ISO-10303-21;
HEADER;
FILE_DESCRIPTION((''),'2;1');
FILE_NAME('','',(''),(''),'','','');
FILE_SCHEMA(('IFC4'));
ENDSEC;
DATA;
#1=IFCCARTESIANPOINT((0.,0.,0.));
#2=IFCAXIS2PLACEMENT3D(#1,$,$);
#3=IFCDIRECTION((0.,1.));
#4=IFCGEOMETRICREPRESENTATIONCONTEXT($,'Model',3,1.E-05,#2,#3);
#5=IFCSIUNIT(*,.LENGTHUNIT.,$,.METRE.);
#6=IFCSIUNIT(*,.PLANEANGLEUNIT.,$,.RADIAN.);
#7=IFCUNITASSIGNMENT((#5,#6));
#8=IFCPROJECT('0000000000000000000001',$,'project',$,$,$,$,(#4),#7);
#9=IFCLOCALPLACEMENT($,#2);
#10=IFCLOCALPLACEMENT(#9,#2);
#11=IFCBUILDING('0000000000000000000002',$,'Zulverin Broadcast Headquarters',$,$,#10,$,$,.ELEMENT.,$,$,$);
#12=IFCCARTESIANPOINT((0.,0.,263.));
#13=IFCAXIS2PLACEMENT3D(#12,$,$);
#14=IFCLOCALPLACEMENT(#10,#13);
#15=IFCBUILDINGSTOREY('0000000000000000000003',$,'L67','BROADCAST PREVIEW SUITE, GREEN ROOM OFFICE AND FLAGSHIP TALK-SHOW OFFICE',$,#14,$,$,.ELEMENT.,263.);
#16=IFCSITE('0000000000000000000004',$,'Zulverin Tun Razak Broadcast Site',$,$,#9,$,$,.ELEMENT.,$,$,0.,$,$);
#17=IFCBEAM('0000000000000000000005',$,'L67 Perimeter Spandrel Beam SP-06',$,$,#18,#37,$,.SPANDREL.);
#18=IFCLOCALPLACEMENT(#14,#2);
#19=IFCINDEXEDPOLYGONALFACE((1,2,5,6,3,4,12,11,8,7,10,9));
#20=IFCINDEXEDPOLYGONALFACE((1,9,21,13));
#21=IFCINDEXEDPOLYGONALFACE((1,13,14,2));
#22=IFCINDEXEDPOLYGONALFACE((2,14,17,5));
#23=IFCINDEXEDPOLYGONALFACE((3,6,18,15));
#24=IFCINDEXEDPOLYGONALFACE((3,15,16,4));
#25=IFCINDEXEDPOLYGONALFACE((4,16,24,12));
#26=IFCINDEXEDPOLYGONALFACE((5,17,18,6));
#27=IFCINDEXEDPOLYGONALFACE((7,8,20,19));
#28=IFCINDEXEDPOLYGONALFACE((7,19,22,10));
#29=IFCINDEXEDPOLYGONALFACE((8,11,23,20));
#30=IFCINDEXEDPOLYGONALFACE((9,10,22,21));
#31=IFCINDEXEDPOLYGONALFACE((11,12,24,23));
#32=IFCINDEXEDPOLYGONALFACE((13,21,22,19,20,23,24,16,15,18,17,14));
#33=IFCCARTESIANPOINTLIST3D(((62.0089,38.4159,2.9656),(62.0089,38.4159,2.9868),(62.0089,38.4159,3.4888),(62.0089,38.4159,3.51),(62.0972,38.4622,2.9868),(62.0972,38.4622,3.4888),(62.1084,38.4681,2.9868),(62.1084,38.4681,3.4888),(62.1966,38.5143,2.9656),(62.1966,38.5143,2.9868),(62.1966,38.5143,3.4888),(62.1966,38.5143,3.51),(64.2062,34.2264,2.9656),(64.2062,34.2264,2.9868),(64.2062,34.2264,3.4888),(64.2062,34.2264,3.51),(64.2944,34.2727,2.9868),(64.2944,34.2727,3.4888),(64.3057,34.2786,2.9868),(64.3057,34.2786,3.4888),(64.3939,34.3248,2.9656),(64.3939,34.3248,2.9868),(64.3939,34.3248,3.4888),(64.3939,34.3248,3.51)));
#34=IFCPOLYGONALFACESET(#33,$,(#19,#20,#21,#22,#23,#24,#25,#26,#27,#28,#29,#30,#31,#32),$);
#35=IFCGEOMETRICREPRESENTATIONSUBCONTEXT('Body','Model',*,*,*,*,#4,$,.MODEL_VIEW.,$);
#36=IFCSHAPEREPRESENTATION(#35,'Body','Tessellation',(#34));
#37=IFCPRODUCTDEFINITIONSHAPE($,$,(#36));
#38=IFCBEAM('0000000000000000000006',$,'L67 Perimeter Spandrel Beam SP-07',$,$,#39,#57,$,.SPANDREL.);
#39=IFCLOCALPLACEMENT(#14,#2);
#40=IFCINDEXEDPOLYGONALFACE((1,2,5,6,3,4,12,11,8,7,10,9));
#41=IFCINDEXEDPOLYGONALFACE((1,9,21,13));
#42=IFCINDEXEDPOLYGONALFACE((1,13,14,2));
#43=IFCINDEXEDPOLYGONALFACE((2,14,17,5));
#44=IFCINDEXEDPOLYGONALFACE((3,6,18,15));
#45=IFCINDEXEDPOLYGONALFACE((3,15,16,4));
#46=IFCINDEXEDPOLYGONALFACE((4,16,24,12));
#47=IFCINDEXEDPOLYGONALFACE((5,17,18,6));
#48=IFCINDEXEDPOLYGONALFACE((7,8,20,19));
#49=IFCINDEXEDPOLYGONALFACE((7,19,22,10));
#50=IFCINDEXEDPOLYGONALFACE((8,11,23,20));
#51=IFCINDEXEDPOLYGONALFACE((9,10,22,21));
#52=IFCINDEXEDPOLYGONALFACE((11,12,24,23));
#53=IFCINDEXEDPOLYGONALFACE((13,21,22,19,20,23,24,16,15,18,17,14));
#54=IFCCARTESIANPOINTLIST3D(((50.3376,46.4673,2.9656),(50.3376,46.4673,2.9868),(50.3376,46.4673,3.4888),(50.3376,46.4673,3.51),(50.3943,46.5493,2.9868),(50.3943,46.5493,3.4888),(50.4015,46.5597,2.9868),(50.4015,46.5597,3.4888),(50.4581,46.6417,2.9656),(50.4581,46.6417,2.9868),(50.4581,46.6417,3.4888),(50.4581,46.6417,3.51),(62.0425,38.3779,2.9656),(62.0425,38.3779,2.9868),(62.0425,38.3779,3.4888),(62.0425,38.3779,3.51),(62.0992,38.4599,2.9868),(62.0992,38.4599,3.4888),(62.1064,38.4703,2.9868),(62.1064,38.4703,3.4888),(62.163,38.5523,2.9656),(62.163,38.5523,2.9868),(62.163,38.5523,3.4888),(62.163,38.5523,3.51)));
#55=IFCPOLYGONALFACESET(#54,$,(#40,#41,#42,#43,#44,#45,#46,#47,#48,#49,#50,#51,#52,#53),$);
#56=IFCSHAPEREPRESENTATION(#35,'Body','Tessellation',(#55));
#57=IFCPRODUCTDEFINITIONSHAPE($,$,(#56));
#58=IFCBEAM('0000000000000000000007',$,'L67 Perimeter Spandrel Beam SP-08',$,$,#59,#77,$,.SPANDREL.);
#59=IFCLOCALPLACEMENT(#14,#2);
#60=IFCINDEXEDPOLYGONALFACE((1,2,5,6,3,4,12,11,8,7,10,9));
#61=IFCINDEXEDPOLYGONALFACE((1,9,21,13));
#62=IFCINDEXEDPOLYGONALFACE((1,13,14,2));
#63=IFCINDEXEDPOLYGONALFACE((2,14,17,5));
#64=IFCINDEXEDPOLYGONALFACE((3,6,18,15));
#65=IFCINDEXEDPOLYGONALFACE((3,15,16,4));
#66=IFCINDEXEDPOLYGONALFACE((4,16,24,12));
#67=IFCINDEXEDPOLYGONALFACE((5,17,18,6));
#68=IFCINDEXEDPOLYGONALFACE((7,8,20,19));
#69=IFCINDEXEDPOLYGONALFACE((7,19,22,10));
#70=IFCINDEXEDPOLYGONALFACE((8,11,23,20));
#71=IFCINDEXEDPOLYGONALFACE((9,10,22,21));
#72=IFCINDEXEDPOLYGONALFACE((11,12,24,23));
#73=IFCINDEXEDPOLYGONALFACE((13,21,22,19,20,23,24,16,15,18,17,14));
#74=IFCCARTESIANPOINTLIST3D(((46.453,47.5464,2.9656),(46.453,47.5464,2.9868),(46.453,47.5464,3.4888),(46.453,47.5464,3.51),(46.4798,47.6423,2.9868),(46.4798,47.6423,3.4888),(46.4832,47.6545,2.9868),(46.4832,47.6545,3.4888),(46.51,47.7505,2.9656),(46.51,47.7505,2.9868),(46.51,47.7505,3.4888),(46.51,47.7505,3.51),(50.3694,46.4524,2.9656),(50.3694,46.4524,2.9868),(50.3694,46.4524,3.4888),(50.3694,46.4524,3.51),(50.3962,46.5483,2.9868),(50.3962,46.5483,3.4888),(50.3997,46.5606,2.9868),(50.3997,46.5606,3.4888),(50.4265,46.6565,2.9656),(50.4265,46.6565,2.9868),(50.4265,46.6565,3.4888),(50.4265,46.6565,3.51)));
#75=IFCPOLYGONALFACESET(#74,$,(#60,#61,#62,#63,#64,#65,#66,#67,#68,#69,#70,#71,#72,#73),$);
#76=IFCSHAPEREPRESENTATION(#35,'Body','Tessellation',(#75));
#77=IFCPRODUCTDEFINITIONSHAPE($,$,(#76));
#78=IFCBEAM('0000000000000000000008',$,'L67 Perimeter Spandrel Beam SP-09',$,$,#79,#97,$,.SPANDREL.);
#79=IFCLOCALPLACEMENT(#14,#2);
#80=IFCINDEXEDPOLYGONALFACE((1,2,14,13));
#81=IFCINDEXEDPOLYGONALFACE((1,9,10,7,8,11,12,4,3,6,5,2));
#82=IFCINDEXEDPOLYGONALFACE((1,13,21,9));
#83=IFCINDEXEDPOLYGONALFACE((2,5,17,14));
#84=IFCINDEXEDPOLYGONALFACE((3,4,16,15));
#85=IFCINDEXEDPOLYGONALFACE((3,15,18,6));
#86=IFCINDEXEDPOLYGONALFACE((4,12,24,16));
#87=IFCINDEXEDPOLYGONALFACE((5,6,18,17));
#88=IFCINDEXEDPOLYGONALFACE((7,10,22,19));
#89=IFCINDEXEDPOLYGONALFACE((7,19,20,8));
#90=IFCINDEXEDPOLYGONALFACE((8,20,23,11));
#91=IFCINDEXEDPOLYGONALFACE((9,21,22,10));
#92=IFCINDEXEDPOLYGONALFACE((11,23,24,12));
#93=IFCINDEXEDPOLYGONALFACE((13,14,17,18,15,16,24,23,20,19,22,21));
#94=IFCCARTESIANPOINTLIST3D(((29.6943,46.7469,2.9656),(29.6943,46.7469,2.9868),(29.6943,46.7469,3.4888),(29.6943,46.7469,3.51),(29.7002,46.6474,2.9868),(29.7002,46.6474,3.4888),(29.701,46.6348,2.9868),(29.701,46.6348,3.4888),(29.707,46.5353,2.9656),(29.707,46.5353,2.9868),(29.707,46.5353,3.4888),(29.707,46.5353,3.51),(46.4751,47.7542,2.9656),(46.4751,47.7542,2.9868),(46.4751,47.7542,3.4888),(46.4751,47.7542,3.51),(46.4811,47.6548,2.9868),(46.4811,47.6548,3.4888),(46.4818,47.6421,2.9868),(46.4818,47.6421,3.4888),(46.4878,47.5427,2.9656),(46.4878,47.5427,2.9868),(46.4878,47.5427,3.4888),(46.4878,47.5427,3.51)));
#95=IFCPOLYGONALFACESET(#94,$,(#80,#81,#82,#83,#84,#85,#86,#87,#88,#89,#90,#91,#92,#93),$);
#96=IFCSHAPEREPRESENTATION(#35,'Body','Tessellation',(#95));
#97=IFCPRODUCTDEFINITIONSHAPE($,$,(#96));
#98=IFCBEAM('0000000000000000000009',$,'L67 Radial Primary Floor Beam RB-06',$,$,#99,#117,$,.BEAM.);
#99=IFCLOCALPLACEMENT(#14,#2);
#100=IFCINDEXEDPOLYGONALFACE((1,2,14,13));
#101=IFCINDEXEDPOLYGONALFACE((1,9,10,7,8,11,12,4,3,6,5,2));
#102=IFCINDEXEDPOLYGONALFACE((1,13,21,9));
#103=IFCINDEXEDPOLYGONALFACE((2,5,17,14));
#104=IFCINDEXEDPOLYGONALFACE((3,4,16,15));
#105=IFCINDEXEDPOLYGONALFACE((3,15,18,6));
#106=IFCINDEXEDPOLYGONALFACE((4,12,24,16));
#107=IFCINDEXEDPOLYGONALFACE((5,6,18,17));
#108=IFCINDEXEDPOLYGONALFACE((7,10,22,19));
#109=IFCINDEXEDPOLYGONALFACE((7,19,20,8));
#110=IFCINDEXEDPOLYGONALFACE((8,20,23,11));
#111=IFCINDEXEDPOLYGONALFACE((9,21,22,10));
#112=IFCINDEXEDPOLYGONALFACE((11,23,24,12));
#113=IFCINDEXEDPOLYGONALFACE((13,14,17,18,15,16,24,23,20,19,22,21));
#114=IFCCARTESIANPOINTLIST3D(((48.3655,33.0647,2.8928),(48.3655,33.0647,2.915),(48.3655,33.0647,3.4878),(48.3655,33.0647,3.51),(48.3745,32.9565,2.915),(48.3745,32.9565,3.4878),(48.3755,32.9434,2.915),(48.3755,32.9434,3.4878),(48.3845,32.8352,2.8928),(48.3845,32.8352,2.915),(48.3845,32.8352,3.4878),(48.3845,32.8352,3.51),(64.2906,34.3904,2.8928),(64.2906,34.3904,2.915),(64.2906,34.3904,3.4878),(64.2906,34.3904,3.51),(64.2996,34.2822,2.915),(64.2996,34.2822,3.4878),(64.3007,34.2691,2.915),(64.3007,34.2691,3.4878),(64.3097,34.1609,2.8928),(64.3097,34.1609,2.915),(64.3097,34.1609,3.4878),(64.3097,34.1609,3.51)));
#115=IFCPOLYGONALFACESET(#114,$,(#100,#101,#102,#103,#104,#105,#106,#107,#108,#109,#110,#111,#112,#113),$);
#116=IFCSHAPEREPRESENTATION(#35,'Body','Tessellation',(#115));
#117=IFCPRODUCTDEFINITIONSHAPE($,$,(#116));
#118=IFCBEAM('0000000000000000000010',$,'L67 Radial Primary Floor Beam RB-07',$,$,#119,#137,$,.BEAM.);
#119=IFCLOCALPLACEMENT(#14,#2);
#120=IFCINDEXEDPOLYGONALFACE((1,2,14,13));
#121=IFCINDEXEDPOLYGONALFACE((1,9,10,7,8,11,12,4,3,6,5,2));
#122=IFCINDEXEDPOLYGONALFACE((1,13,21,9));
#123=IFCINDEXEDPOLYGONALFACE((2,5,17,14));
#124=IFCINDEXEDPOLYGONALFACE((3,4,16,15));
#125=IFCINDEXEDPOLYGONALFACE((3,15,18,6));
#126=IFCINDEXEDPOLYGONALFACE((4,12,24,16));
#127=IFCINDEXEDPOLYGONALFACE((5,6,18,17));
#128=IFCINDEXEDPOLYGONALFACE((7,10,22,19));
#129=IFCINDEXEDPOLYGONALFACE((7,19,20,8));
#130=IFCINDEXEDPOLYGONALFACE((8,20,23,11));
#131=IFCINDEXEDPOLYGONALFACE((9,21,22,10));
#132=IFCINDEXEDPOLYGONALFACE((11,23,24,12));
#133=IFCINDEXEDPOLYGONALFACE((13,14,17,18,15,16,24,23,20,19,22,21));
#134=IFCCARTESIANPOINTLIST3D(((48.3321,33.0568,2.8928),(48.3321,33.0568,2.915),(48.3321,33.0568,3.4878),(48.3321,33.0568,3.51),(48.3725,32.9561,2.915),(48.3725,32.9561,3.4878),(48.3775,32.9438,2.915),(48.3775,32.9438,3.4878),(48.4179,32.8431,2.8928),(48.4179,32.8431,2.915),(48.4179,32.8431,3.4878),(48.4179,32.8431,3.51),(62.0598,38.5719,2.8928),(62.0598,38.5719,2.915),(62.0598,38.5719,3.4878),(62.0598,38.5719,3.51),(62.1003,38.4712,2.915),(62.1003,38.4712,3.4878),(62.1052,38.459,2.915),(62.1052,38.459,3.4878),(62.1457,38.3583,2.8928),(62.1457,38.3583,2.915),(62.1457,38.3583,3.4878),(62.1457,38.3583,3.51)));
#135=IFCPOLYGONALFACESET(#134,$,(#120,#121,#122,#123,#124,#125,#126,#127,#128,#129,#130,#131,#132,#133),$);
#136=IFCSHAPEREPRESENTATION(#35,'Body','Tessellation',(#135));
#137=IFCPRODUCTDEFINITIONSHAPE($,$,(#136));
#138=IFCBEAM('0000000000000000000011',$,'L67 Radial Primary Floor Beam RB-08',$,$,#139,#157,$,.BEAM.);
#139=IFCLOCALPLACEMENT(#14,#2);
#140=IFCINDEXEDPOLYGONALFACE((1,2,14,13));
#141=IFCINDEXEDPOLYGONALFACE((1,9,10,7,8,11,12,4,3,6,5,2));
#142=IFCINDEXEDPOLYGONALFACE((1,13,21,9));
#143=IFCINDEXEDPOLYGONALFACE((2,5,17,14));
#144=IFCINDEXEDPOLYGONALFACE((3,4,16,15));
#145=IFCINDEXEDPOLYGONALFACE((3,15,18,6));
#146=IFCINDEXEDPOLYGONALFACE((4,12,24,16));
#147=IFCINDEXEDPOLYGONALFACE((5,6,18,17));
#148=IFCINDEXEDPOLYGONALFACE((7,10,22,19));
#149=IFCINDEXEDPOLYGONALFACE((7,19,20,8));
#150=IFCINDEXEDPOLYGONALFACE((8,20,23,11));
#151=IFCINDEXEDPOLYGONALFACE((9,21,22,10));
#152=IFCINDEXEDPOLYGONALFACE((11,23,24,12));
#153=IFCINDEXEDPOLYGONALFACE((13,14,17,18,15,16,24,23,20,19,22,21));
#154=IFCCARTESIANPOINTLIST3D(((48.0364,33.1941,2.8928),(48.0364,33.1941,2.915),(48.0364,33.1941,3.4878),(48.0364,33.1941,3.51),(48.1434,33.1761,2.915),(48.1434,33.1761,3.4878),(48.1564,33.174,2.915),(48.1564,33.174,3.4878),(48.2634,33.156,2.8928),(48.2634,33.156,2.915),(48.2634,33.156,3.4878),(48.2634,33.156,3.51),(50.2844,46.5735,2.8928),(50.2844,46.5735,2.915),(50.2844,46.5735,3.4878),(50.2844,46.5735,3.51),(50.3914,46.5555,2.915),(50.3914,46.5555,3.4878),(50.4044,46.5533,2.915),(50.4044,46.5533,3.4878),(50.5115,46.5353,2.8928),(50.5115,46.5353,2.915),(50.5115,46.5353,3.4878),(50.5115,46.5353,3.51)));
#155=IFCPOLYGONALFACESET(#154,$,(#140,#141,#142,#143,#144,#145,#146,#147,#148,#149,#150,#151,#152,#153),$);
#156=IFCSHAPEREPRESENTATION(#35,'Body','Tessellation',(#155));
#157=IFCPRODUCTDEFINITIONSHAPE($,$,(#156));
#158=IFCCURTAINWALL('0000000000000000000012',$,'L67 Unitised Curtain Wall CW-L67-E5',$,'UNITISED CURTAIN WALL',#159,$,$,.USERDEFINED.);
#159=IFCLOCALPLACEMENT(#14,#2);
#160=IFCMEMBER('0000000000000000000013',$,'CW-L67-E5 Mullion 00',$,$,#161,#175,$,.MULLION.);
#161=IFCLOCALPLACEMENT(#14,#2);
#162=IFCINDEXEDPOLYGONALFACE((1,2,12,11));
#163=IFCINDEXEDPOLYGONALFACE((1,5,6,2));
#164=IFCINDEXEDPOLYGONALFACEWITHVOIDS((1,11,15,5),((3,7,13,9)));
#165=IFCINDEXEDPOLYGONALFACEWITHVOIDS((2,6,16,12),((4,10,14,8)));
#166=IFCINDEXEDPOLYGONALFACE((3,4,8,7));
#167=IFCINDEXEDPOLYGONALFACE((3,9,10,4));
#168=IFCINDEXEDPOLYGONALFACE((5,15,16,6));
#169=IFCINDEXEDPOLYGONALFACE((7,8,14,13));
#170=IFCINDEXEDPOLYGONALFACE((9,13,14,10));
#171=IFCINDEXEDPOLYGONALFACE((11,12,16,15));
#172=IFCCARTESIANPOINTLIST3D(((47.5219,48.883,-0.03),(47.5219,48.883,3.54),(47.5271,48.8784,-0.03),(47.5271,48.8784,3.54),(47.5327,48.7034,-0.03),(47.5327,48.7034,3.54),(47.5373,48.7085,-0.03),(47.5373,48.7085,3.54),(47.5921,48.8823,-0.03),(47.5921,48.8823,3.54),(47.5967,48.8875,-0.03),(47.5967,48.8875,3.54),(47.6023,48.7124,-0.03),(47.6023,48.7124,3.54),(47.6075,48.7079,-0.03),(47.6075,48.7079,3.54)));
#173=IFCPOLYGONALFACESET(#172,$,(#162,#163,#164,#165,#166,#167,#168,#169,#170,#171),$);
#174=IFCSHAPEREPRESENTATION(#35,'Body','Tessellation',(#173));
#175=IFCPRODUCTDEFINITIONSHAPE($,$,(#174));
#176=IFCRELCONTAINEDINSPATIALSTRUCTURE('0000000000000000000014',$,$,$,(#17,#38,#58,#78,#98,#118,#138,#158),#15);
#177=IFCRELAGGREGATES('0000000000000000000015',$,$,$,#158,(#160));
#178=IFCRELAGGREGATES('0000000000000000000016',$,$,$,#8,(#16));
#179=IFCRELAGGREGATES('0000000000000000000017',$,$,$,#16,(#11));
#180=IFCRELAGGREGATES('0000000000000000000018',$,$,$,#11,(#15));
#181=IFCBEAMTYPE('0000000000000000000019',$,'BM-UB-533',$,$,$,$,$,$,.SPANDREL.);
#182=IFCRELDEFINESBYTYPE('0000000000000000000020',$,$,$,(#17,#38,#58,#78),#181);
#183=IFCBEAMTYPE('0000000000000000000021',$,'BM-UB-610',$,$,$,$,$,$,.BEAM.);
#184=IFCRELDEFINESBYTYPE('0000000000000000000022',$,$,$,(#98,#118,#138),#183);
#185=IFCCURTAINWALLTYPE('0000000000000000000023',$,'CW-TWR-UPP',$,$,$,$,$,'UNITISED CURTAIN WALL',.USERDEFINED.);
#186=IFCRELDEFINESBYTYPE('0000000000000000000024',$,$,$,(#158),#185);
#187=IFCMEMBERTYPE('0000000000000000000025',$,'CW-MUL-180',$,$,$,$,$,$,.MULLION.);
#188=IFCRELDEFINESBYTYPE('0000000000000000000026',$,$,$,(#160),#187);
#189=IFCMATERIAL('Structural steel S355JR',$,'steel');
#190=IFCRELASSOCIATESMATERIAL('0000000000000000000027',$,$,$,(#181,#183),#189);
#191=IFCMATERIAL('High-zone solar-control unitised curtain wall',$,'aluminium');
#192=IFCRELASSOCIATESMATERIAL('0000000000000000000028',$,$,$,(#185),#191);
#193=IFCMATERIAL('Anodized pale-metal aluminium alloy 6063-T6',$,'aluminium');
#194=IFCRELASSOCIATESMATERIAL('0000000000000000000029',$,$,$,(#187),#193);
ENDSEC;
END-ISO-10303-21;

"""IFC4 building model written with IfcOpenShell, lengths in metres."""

from ifc_helpers import new_model, si_unit, direction, frame, origin, origin_2d, place, context, subcontext, project, spatial, hollow_rectangle, i_section, extrude, material, material_profile, profile_set, type_object, element, aggregate, save


model = new_model("IFC4")

# Units and contexts
model_context = context("Model", 3, precision=1e-05, world=origin(), true_north=direction((0.0, 1.0)))
body_context = subcontext(model_context, "Body", "Model", "MODEL_VIEW")
ifc_project = project(units=[si_unit("LENGTHUNIT", "METRE"), si_unit("PLANEANGLEUNIT", "RADIAN")], contexts=[model_context])

# Site, building, storey
site_placement = place(None, origin())
site = spatial("IfcSite", under=ifc_project, at=site_placement, Name="Zulverin Tun Razak Broadcast Site", CompositionType="ELEMENT", RefElevation=0.0)
building_placement = place(site_placement, origin())
building = spatial("IfcBuilding", under=site, at=building_placement, Name="Zulverin Broadcast Headquarters", CompositionType="ELEMENT")
storey_placement = place(building_placement, frame((0.0, 0.0, 263.0)))
storey = spatial("IfcBuildingStorey", under=building, at=storey_placement, Name="L67", Description="BROADCAST PREVIEW SUITE, GREEN ROOM OFFICE AND FLAGSHIP TALK-SHOW OFFICE", CompositionType="ELEMENT", Elevation=263.0)

# Beams
ifc_material_1 = material(Name="Structural steel S355JR", Category="steel")
ifc_material_profile_1 = material_profile(ifc_material_1, i_section(OverallWidth=0.2119, OverallDepth=0.5444, WebThickness=0.0127, FlangeThickness=0.0212, at=origin_2d()), Name="Structural steel S355JR", Category="steel")
ifc_profile_set_1 = profile_set([ifc_material_profile_1], Name="Structural steel S355JR")
beam_type_1 = type_object("IfcBeamType", Name="BM-UB-533", PredefinedType="SPANDREL", material=ifc_profile_set_1)
beam_1_placement = place(storey_placement, frame((64.3, 34.2756, 3.2378), z_axis=(-0.46447, 0.885589, 0.0), x_axis=(-0.885589, -0.46447, 0.0)))
element("IfcBeam", 1, at=beam_1_placement, inside=storey, type_object=beam_type_1, Name="L67 Perimeter Spandrel Beam SP-06", PredefinedType="SPANDREL", context=body_context, shape_type="SweptSolid", body=[
    extrude(i_section(OverallWidth=0.2119, OverallDepth=0.5444, WebThickness=0.0127, FlangeThickness=0.0212, at=origin_2d()), origin(), (0.0, 0.0, 1.0), 4.7307),
])
beam_2_placement = place(storey_placement, frame((62.1028, 38.4651, 3.2378), z_axis=(-0.822652, 0.568545, 0.0), x_axis=(-0.568545, -0.822652, 0.0)))
element("IfcBeam", 2, at=beam_2_placement, inside=storey, type_object=beam_type_1, Name="L67 Perimeter Spandrel Beam SP-07", PredefinedType="SPANDREL", context=body_context, shape_type="SweptSolid", body=[
    extrude(i_section(OverallWidth=0.2119, OverallDepth=0.5444, WebThickness=0.0127, FlangeThickness=0.0212, at=origin_2d()), origin(), (0.0, 0.0, 1.0), 14.2283),
])
beam_3_placement = place(storey_placement, frame((50.3979, 46.5544, 3.2378), z_axis=(-0.963132, 0.269031, 0.0), x_axis=(-0.269031, -0.963132, 0.0)))
element("IfcBeam", 3, at=beam_3_placement, inside=storey, type_object=beam_type_1, Name="L67 Perimeter Spandrel Beam SP-08", PredefinedType="SPANDREL", context=body_context, shape_type="SweptSolid", body=[
    extrude(i_section(OverallWidth=0.2119, OverallDepth=0.5444, WebThickness=0.0127, FlangeThickness=0.0212, at=origin_2d()), origin(), (0.0, 0.0, 1.0), 4.0664),
])
beam_4_placement = place(storey_placement, frame((46.4814, 47.6484, 3.2378), z_axis=(-0.998203, -0.059921, 0.0), x_axis=(0.059921, -0.998203, 0.0)))
element("IfcBeam", 4, at=beam_4_placement, inside=storey, type_object=beam_type_1, Name="L67 Perimeter Spandrel Beam SP-09", PredefinedType="SPANDREL", context=body_context, shape_type="SweptSolid", body=[
    extrude(i_section(OverallWidth=0.2119, OverallDepth=0.5444, WebThickness=0.0127, FlangeThickness=0.0212, at=origin_2d()), origin(), (0.0, 0.0, 1.0), 16.811),
])
ifc_material_profile_2 = material_profile(ifc_material_1, i_section(OverallWidth=0.2302, OverallDepth=0.6172, WebThickness=0.0132, FlangeThickness=0.0222, at=origin_2d()), Name="Structural steel S355JR", Category="steel")
ifc_profile_set_2 = profile_set([ifc_material_profile_2], Name="Structural steel S355JR")
beam_type_2 = type_object("IfcBeamType", Name="BM-UB-610", PredefinedType="BEAM", material=ifc_profile_set_2)
beam_5_placement = place(storey_placement, frame((48.375, 32.95, 3.2014), z_axis=(0.996553, 0.082958, 0.0), x_axis=(-0.082958, 0.996553, 0.0)))
element("IfcBeam", 5, at=beam_5_placement, inside=storey, type_object=beam_type_2, Name="L67 Radial Primary Floor Beam RB-06", PredefinedType="BEAM", context=body_context, shape_type="SweptSolid", body=[
    extrude(i_section(OverallWidth=0.2302, OverallDepth=0.6172, WebThickness=0.0132, FlangeThickness=0.0222, at=origin_2d()), origin(), (0.0, 0.0, 1.0), 15.9802),
])
beam_6_placement = place(storey_placement, frame((48.375, 32.95, 3.2014), z_axis=(0.927916, 0.37279, 0.0), x_axis=(-0.37279, 0.927916, 0.0)))
element("IfcBeam", 6, at=beam_6_placement, inside=storey, type_object=beam_type_2, Name="L67 Radial Primary Floor Beam RB-07", PredefinedType="BEAM", context=body_context, shape_type="SweptSolid", body=[
    extrude(i_section(OverallWidth=0.2302, OverallDepth=0.6172, WebThickness=0.0132, FlangeThickness=0.0222, at=origin_2d()), origin(), (0.0, 0.0, 1.0), 14.7942),
])
beam_7_placement = place(storey_placement, frame((48.1499, 33.175, 3.2014), z_axis=(0.1657, 0.986176, 0.0), x_axis=(-0.986176, 0.1657, 0.0)))
element("IfcBeam", 7, at=beam_7_placement, inside=storey, type_object=beam_type_2, Name="L67 Radial Primary Floor Beam RB-08", PredefinedType="BEAM", context=body_context, shape_type="SweptSolid", body=[
    extrude(i_section(OverallWidth=0.2302, OverallDepth=0.6172, WebThickness=0.0132, FlangeThickness=0.0222, at=origin_2d()), origin(), (0.0, 0.0, 1.0), 13.5669),
])

# Curtain wall, member
ifc_material_2 = material(Name="High-zone solar-control unitised curtain wall", Category="aluminium")
curtain_wall_type = type_object("IfcCurtainWallType", Name="CW-TWR-UPP", ElementType="UNITISED CURTAIN WALL", PredefinedType="USERDEFINED", material=ifc_material_2)
curtain_wall_placement = place(storey_placement, origin())
curtain_wall = element("IfcCurtainWall", 8, at=curtain_wall_placement, inside=storey, type_object=curtain_wall_type, Name="L67 Unitised Curtain Wall CW-L67-E5", ObjectType="UNITISED CURTAIN WALL", PredefinedType="USERDEFINED")
ifc_material_3 = material(Name="Anodized pale-metal aluminium alloy 6063-T6", Category="aluminium")
ifc_material_profile_3 = material_profile(ifc_material_3, hollow_rectangle(XDim=0.075, YDim=0.1799, WallThickness=0.0049, at=origin_2d()), Name="Anodized pale-metal aluminium alloy 6063-T6", Category="aluminium")
ifc_profile_set_3 = profile_set([ifc_material_profile_3], Name="Anodized pale-metal aluminium alloy 6063-T6")
member_type_1 = type_object("IfcMemberType", Name="CW-MUL-180", PredefinedType="MULLION", material=ifc_profile_set_3)
member_1_placement = place(storey_placement, frame((47.5647, 48.7954, -0.03), z_axis=(0.0, 0.0, 1.0), x_axis=(-0.998203, -0.05993, 0.0)))
member_1 = element("IfcMember", 9, at=member_1_placement, type_object=member_type_1, Name="CW-L67-E5 Mullion 00", PredefinedType="MULLION", context=body_context, shape_type="SweptSolid", body=[
    extrude(hollow_rectangle(XDim=0.075, YDim=0.1799, WallThickness=0.0049, at=origin_2d()), origin(), (0.0, 0.0, 1.0), 3.5701),
])
aggregate(curtain_wall, [member_1])

save(model, "model.ifc")
